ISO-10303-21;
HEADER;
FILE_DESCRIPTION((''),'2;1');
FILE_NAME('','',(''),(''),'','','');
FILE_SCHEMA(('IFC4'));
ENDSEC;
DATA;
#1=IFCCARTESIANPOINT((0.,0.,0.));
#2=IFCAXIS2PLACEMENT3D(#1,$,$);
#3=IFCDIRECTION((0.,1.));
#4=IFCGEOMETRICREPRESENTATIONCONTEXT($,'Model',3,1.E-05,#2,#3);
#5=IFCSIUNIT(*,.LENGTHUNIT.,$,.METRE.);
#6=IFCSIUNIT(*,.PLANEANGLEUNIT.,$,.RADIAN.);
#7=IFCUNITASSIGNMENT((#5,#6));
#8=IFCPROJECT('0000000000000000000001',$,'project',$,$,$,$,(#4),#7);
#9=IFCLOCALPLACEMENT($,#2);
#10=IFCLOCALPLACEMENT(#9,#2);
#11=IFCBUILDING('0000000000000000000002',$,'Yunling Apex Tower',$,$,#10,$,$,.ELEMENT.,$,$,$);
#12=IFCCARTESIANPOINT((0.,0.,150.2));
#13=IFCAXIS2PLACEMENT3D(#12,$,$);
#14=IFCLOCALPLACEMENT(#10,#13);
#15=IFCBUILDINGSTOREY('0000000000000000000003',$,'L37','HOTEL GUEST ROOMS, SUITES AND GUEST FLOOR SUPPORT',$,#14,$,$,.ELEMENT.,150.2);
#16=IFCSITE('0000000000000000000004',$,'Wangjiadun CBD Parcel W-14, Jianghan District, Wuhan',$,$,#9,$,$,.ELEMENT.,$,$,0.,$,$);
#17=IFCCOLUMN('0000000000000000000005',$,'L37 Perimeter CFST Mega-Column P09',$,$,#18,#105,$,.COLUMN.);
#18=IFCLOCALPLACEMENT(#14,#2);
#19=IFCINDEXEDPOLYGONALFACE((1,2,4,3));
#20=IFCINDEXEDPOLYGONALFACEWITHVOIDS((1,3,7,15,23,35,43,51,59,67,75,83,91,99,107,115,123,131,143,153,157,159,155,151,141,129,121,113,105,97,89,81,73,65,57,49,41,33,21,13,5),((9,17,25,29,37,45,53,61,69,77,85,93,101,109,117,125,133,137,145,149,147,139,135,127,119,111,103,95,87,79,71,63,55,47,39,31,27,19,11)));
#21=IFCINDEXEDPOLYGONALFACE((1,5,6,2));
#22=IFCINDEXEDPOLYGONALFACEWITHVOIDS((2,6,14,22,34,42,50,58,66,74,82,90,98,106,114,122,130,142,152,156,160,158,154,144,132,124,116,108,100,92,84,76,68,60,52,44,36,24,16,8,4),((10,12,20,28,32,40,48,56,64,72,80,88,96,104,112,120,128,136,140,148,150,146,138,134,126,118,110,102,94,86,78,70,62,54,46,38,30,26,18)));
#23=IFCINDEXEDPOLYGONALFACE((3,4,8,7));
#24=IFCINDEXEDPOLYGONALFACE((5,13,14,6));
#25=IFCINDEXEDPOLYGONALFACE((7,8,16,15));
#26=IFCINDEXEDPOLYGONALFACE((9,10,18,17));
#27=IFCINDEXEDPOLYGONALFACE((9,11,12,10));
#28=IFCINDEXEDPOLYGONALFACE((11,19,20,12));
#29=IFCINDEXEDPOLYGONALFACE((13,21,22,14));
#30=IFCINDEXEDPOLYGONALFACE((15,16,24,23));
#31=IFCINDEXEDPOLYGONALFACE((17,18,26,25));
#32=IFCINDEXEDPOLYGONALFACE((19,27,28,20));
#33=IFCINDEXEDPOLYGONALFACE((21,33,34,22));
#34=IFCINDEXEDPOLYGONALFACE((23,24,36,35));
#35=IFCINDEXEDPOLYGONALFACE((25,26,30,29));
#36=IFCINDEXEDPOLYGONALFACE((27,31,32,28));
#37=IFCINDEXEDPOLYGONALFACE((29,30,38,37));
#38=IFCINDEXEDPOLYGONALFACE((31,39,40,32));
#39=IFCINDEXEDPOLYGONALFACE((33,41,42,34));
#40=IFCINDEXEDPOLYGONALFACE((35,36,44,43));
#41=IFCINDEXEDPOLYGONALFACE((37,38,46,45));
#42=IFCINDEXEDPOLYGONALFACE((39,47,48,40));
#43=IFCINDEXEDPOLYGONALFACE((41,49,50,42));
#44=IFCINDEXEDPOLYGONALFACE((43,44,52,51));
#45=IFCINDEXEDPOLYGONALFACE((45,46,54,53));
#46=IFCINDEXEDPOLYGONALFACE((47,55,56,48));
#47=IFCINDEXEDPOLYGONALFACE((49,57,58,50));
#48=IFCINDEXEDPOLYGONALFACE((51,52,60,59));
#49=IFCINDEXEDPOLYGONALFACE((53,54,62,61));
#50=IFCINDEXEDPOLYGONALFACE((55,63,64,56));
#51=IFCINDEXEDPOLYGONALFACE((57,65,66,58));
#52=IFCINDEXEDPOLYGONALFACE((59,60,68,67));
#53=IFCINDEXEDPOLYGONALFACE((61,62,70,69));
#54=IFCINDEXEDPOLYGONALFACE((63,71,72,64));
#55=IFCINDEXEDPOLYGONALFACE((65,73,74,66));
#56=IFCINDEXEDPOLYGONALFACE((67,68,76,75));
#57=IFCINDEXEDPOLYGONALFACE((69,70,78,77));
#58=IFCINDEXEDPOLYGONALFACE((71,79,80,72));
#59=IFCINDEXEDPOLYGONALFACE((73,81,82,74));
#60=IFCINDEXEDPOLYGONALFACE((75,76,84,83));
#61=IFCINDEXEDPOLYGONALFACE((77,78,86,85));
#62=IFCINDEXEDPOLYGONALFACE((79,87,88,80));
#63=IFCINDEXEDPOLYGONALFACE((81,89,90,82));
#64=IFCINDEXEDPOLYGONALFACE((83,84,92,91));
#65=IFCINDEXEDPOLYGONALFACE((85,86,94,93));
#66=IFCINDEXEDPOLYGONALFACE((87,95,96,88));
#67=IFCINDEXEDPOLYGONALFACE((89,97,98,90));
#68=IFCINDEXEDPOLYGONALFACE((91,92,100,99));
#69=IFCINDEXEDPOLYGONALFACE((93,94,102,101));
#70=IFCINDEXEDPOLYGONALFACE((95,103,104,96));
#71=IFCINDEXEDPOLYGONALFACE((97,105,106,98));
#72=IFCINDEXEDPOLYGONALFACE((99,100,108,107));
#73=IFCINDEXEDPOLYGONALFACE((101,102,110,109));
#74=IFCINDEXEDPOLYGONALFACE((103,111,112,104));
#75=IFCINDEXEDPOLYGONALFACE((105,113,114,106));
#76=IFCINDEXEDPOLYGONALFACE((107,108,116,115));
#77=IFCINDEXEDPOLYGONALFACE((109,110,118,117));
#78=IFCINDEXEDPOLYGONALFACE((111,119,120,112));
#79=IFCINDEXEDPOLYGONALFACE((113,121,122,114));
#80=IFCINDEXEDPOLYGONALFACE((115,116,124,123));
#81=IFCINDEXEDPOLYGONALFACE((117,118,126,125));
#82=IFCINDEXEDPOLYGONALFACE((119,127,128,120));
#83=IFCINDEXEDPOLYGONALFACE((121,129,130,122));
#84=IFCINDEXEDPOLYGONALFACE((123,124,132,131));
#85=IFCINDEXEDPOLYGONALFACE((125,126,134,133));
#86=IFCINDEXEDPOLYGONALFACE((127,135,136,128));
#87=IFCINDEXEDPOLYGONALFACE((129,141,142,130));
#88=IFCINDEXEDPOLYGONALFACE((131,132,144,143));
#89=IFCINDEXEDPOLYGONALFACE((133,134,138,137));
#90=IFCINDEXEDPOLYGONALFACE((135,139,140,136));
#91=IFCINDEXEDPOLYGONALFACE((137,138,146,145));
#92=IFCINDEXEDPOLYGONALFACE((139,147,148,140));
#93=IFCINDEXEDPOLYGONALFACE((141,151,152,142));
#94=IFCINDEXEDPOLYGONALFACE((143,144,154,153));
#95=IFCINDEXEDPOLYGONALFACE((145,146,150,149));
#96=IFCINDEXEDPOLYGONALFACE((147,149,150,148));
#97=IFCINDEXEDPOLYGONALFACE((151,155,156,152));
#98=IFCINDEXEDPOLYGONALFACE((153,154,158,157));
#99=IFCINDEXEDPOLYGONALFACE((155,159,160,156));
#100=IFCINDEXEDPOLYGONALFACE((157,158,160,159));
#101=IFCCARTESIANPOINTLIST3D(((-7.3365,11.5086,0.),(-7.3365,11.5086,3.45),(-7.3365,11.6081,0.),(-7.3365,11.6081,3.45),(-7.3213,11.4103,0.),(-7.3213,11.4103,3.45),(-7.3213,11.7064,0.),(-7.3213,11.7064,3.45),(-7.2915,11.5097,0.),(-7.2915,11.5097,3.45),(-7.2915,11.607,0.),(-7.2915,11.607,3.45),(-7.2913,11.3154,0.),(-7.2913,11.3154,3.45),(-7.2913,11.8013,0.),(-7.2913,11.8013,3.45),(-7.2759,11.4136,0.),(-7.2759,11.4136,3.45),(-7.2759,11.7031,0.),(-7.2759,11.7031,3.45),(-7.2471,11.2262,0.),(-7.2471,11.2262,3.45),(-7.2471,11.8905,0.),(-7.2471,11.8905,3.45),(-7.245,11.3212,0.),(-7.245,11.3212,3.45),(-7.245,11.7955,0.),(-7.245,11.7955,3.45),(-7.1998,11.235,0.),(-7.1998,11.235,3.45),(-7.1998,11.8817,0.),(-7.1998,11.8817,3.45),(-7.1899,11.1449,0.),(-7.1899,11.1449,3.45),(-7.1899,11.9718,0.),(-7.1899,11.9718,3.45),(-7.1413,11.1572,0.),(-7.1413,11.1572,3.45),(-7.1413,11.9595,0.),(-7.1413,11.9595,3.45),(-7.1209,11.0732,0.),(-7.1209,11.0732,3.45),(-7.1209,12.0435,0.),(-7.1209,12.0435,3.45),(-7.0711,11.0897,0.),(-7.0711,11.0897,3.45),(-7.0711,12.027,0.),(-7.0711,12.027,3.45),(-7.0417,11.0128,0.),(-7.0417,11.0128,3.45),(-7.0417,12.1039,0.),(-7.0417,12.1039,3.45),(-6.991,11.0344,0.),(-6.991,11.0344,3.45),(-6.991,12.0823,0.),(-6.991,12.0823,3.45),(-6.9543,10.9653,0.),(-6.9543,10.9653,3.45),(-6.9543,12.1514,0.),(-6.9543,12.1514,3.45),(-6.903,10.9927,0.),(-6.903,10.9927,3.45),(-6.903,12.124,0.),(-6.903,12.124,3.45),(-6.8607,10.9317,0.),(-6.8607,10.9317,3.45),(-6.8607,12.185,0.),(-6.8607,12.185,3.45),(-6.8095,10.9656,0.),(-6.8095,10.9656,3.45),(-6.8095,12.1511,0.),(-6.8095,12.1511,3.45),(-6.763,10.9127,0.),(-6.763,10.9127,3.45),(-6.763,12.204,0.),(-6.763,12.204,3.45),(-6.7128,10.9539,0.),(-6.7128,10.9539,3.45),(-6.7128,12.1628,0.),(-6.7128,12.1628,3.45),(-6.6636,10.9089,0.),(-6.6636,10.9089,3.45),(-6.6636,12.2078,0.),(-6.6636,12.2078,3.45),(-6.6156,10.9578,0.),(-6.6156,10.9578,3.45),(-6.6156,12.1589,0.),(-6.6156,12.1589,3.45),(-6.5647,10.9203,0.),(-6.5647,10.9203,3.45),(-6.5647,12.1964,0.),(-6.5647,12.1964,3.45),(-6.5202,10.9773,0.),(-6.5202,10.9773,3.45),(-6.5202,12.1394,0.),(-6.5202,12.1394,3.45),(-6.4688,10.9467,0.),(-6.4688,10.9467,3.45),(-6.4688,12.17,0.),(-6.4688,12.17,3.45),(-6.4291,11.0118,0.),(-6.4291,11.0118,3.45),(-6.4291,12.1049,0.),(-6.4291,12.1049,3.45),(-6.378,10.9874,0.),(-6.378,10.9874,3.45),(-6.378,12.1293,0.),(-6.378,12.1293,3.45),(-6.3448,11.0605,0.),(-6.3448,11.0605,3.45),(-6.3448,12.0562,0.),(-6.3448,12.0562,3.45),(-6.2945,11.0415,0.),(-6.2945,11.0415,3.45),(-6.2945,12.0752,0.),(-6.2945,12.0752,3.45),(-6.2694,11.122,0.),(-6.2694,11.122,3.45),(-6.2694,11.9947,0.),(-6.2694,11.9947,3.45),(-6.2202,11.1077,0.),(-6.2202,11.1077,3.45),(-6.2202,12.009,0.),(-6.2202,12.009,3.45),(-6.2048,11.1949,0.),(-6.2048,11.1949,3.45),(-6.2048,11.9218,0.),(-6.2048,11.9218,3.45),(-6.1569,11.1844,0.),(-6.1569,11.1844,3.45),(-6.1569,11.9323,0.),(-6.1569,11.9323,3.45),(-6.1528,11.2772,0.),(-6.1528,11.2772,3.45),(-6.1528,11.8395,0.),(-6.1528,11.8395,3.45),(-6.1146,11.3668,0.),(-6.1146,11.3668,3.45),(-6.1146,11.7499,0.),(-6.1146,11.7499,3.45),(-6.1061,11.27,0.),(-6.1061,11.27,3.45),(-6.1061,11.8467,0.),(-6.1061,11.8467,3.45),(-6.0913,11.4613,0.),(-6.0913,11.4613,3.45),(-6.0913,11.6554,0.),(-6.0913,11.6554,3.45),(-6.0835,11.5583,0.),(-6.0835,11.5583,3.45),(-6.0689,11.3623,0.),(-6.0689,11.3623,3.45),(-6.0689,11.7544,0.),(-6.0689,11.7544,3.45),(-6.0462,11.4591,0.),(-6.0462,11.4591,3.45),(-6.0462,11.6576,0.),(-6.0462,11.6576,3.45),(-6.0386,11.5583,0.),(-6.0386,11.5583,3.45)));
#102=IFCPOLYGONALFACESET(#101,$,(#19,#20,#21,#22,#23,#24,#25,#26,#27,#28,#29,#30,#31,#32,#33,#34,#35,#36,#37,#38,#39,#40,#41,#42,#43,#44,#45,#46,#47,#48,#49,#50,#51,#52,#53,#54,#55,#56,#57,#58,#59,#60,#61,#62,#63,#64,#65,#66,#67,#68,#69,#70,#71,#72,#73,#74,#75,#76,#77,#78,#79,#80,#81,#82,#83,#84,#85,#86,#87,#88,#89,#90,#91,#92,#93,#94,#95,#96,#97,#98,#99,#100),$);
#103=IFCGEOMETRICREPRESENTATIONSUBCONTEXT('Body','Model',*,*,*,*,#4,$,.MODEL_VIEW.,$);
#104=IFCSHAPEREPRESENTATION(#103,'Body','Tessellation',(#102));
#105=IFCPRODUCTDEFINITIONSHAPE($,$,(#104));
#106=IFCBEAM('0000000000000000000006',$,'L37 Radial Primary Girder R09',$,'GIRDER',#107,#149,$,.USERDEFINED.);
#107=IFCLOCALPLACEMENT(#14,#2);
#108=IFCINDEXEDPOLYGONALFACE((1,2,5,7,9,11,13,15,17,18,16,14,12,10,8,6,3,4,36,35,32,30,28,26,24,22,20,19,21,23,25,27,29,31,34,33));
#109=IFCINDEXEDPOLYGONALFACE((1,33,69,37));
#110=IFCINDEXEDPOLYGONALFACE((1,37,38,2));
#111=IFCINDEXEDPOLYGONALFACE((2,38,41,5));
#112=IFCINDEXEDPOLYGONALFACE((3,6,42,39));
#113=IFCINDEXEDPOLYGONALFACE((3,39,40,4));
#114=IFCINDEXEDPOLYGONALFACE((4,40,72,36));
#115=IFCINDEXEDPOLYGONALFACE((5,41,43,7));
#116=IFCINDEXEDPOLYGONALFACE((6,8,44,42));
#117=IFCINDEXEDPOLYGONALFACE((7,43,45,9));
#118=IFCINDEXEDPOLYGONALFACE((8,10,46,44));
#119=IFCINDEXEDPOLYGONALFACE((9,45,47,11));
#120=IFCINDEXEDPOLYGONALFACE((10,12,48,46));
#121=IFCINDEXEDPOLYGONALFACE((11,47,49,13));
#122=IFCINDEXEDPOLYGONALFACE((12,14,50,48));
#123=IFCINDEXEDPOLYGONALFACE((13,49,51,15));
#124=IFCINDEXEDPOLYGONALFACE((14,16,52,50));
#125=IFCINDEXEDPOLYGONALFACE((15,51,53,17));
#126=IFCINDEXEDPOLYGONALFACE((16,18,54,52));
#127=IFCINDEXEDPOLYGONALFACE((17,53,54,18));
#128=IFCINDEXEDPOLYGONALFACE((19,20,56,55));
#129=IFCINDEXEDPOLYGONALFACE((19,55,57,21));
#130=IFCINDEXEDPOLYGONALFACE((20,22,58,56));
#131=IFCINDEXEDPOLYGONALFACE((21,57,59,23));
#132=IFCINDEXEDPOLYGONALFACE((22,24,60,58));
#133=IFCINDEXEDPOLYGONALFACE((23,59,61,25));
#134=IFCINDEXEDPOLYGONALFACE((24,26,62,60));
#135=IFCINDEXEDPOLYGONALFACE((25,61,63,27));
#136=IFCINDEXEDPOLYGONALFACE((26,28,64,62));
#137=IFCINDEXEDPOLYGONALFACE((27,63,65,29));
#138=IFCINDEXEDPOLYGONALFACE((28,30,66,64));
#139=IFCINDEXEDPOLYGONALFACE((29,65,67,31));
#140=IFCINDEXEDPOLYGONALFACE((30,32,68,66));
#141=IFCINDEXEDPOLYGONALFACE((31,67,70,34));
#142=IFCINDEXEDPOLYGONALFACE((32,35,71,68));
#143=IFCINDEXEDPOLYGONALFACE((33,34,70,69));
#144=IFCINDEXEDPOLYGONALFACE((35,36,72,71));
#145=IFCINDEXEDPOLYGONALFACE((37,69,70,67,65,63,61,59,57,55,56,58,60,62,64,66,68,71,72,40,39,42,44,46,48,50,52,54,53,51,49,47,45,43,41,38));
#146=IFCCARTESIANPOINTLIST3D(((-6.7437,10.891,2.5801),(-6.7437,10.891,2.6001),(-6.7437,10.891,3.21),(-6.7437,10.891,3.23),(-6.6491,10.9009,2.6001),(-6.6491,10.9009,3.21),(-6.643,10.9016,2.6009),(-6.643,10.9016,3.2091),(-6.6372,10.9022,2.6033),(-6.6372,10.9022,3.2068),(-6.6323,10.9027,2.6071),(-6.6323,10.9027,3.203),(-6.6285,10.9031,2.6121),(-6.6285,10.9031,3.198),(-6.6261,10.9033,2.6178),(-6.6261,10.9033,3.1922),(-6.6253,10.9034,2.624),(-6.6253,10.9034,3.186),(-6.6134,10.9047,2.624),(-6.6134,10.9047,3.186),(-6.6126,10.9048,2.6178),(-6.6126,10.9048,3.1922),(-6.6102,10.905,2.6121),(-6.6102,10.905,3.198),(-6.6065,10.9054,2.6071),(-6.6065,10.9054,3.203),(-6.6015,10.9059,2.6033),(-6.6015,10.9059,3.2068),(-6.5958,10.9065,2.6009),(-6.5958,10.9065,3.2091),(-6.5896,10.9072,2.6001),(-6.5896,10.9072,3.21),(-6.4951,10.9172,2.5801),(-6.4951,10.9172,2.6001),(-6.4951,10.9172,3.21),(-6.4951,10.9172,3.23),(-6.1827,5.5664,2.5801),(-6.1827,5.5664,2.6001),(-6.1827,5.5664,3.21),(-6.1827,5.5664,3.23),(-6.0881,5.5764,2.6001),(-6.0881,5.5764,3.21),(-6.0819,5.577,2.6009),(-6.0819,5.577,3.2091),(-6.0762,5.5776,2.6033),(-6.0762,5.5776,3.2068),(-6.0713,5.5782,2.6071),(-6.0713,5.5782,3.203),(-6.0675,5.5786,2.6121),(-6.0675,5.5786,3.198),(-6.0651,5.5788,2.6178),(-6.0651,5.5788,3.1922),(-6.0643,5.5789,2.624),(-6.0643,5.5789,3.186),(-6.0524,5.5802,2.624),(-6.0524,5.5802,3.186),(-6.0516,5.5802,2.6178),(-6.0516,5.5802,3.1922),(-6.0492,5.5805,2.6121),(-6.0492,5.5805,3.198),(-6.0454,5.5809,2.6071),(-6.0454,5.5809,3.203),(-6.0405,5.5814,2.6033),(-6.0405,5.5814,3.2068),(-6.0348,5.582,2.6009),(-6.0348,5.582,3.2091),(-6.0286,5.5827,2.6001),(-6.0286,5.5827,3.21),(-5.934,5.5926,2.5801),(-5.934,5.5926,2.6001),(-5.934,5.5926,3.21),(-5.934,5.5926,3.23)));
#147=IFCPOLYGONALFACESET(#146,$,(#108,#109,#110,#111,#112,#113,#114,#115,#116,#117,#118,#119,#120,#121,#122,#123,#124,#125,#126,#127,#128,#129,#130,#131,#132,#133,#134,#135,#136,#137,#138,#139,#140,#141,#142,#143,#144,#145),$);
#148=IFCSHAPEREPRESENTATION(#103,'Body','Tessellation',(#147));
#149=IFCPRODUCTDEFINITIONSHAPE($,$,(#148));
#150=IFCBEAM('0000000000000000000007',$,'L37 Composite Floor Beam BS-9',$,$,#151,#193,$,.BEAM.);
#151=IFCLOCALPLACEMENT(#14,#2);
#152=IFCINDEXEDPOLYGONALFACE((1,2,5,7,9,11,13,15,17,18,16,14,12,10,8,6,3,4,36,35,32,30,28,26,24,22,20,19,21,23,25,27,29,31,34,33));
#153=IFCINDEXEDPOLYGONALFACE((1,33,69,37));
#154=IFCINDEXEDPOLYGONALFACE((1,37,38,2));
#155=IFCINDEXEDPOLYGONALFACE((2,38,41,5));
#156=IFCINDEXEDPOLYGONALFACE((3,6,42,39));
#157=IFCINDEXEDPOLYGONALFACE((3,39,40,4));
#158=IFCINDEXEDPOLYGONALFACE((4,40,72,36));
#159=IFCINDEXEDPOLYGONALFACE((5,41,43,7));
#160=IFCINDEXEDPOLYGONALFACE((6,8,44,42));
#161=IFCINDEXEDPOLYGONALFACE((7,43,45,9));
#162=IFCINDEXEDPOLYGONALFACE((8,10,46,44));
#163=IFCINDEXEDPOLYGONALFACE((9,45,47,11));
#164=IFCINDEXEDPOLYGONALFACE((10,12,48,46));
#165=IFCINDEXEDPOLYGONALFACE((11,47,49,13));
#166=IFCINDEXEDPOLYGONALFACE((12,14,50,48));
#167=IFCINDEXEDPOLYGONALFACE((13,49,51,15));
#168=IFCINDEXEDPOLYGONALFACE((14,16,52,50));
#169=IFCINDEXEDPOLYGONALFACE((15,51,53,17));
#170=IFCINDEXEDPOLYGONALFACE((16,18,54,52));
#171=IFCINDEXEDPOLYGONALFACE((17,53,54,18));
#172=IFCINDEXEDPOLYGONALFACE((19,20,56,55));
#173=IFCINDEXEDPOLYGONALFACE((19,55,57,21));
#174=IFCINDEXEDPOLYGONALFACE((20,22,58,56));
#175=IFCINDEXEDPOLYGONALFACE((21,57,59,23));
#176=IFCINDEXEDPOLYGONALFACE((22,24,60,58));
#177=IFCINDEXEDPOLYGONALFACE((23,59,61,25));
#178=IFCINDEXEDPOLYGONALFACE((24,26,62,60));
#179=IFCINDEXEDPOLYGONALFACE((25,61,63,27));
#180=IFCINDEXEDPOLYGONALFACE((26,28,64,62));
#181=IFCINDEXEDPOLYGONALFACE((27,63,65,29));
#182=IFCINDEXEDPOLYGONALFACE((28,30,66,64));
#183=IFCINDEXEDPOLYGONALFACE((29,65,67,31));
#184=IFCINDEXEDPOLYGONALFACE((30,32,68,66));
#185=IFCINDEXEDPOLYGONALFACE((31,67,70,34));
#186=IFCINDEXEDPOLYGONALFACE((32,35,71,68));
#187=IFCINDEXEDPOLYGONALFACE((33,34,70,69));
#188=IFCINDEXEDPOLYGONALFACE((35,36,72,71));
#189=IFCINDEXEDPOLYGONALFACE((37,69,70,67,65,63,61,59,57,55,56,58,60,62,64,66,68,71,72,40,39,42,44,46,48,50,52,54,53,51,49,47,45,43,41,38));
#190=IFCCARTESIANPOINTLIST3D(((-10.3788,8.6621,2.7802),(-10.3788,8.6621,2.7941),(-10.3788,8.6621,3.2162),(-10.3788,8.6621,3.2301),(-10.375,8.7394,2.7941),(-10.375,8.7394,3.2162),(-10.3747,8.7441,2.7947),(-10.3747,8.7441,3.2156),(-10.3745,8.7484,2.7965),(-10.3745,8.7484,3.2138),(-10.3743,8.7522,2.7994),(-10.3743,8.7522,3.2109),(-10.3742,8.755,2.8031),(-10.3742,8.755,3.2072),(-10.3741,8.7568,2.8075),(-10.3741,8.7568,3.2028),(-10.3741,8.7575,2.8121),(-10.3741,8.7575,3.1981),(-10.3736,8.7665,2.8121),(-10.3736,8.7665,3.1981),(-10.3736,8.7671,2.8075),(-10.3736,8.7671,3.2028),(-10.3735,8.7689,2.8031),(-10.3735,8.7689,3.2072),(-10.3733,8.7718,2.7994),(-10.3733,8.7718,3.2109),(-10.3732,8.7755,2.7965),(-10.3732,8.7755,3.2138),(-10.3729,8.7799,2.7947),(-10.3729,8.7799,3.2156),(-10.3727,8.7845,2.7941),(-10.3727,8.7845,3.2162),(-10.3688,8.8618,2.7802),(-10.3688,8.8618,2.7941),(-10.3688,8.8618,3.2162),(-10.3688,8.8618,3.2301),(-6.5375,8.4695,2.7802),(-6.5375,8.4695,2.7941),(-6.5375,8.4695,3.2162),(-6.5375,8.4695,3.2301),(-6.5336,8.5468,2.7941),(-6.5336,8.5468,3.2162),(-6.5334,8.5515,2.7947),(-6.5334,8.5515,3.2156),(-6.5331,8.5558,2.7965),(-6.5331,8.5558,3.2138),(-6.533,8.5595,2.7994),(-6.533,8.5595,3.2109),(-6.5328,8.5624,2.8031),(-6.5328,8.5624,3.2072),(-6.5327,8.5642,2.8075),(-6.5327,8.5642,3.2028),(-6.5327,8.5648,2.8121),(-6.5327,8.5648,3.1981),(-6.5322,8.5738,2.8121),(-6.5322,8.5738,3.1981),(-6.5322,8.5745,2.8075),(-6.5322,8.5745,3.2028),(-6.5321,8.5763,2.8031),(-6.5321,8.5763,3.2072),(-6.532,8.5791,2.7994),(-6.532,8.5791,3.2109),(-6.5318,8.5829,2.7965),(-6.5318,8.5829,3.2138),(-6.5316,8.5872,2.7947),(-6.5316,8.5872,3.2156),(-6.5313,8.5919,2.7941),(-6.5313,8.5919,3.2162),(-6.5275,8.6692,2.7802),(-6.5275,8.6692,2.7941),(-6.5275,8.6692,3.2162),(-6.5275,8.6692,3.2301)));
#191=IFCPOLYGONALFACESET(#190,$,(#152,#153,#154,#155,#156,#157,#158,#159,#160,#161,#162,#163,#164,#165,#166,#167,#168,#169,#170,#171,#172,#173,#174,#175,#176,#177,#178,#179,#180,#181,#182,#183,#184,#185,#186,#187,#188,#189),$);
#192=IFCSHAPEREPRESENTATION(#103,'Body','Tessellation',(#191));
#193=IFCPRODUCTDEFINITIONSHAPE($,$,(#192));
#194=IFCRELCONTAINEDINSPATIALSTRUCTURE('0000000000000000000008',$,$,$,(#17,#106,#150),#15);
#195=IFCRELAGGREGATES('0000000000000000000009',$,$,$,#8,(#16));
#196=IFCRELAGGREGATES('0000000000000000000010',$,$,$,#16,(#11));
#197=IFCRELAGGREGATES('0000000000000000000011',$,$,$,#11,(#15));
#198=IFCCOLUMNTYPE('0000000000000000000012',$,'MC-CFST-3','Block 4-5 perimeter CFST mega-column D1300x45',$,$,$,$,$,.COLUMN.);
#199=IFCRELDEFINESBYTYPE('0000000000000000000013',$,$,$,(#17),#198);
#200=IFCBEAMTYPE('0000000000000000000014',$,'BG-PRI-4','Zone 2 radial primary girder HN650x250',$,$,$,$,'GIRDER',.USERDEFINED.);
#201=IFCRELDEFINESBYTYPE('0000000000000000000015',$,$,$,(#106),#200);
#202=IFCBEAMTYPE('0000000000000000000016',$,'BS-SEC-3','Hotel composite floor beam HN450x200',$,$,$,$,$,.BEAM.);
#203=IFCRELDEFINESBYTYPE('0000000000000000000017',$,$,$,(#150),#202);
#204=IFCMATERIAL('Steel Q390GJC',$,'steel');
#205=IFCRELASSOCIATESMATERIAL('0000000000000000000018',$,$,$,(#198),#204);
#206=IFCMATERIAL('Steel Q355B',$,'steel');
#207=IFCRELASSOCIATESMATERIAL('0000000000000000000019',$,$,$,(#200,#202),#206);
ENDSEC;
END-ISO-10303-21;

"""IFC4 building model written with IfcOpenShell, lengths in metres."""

from ifc_helpers import new_model, si_unit, direction, frame, origin, origin_2d, place, context, subcontext, project, spatial, hollow_circle, i_section, extrude, source, transform, mapped, material, material_profile, profile_set, type_object, element, save


model = new_model("IFC4")

# Units and contexts
model_context = context("Model", 3, precision=1e-05, world=origin(), true_north=direction((0.0, 1.0)))
body_context = subcontext(model_context, "Body", "Model", "MODEL_VIEW")
ifc_project = project(units=[si_unit("LENGTHUNIT", "METRE"), si_unit("PLANEANGLEUNIT", "RADIAN")], contexts=[model_context])

# Site, building, storey
site_placement = place(None, origin())
site = spatial("IfcSite", under=ifc_project, at=site_placement, Name="Wangjiadun CBD Parcel W-14, Jianghan District, Wuhan", CompositionType="ELEMENT", RefElevation=0.0)
building_placement = place(site_placement, origin())
building = spatial("IfcBuilding", under=site, at=building_placement, Name="Yunling Apex Tower", CompositionType="ELEMENT")
storey_placement = place(building_placement, frame((0.0, 0.0, 150.2)))
storey = spatial("IfcBuildingStorey", under=building, at=storey_placement, Name="L37", Description="HOTEL GUEST ROOMS, SUITES AND GUEST FLOOR SUPPORT", CompositionType="ELEMENT", Elevation=150.2)

# Column
ifc_material_1 = material(Name="Steel Q390GJC", Category="steel")
ifc_material_profile_1 = material_profile(ifc_material_1, hollow_circle(Radius=0.6499, WallThickness=0.0449, at=origin_2d()))
ifc_profile_set_1 = profile_set([ifc_material_profile_1], Name="Steel Q390GJC")
column_type = type_object("IfcColumnType", Name="MC-CFST-3", Description="Block 4-5 perimeter CFST mega-column D1300x45", PredefinedType="COLUMN", material=ifc_profile_set_1)
shared_shape_1 = source(origin(), body_context, "Body", "SweptSolid", [
    extrude(hollow_circle(Radius=0.6499, WallThickness=0.0449, at=origin_2d()), origin(), (0.0, 0.0, 1.0), 3.45),
])
column_placement = place(storey_placement, frame((-6.6885, 11.5583, 0.0), z_axis=(0.0, 0.0, 1.0), x_axis=(1.0, 0.0, 0.0)))
element("IfcColumn", 1, at=column_placement, inside=storey, type_object=column_type, Name="L37 Perimeter CFST Mega-Column P09", PredefinedType="COLUMN", context=body_context, shape_type="MappedRepresentation", body=[
    mapped(shared_shape_1, transform((0.0, 0.0, 0.0), scale=1.0)),
])

# Beams
ifc_material_2 = material(Name="Steel Q355B", Category="steel")
ifc_material_profile_2 = material_profile(ifc_material_2, i_section(OverallWidth=0.25, OverallDepth=0.6499, WebThickness=0.012, FlangeThickness=0.02, FilletRadius=0.0239, at=origin_2d()))
ifc_profile_set_2 = profile_set([ifc_material_profile_2], Name="Steel Q355B")
beam_type_1 = type_object("IfcBeamType", Name="BG-PRI-4", Description="Zone 2 radial primary girder HN650x250", ElementType="GIRDER", PredefinedType="USERDEFINED", material=ifc_profile_set_2)
shared_shape_2 = source(origin(), body_context, "Body", "SweptSolid", [
    extrude(i_section(OverallWidth=0.25, OverallDepth=0.6499, WebThickness=0.012, FlangeThickness=0.02, FilletRadius=0.0239, at=origin_2d()), origin(), (0.0, 0.0, 1.0), 5.354),
])
beam_1_placement = place(storey_placement, frame((-6.6194, 10.9041, 2.905), z_axis=(0.104789, -0.994494, 0.0), x_axis=(0.994494, 0.104789, 0.0)))
element("IfcBeam", 2, at=beam_1_placement, inside=storey, type_object=beam_type_1, Name="L37 Radial Primary Girder R09", ObjectType="GIRDER", PredefinedType="USERDEFINED", context=body_context, shape_type="MappedRepresentation", body=[
    mapped(shared_shape_2, transform((0.0, 0.0, 0.0), scale=1.0)),
])
ifc_material_profile_3 = material_profile(ifc_material_2, i_section(OverallWidth=0.2, OverallDepth=0.45, WebThickness=0.009, FlangeThickness=0.0139, FilletRadius=0.0181, at=origin_2d()))
ifc_profile_set_3 = profile_set([ifc_material_profile_3], Name="Steel Q355B")
beam_type_2 = type_object("IfcBeamType", Name="BS-SEC-3", Description="Hotel composite floor beam HN450x200", PredefinedType="BEAM", material=ifc_profile_set_3)
shared_shape_3 = source(origin(), body_context, "Body", "SweptSolid", [
    extrude(i_section(OverallWidth=0.2, OverallDepth=0.45, WebThickness=0.009, FlangeThickness=0.0139, FilletRadius=0.0181, at=origin_2d()), origin(), (0.0, 0.0, 1.0), 3.8462),
])
beam_2_placement = place(storey_placement, frame((-6.5325, 8.5693, 3.0051), z_axis=(-0.998745, 0.050083, 0.0), x_axis=(-0.050083, -0.998745, 0.0)))
element("IfcBeam", 3, at=beam_2_placement, inside=storey, type_object=beam_type_2, Name="L37 Composite Floor Beam BS-9", PredefinedType="BEAM", context=body_context, shape_type="MappedRepresentation", body=[
    mapped(shared_shape_3, transform((0.0, 0.0, 0.0), scale=1.0)),
])

save(model, "model.ifc")
